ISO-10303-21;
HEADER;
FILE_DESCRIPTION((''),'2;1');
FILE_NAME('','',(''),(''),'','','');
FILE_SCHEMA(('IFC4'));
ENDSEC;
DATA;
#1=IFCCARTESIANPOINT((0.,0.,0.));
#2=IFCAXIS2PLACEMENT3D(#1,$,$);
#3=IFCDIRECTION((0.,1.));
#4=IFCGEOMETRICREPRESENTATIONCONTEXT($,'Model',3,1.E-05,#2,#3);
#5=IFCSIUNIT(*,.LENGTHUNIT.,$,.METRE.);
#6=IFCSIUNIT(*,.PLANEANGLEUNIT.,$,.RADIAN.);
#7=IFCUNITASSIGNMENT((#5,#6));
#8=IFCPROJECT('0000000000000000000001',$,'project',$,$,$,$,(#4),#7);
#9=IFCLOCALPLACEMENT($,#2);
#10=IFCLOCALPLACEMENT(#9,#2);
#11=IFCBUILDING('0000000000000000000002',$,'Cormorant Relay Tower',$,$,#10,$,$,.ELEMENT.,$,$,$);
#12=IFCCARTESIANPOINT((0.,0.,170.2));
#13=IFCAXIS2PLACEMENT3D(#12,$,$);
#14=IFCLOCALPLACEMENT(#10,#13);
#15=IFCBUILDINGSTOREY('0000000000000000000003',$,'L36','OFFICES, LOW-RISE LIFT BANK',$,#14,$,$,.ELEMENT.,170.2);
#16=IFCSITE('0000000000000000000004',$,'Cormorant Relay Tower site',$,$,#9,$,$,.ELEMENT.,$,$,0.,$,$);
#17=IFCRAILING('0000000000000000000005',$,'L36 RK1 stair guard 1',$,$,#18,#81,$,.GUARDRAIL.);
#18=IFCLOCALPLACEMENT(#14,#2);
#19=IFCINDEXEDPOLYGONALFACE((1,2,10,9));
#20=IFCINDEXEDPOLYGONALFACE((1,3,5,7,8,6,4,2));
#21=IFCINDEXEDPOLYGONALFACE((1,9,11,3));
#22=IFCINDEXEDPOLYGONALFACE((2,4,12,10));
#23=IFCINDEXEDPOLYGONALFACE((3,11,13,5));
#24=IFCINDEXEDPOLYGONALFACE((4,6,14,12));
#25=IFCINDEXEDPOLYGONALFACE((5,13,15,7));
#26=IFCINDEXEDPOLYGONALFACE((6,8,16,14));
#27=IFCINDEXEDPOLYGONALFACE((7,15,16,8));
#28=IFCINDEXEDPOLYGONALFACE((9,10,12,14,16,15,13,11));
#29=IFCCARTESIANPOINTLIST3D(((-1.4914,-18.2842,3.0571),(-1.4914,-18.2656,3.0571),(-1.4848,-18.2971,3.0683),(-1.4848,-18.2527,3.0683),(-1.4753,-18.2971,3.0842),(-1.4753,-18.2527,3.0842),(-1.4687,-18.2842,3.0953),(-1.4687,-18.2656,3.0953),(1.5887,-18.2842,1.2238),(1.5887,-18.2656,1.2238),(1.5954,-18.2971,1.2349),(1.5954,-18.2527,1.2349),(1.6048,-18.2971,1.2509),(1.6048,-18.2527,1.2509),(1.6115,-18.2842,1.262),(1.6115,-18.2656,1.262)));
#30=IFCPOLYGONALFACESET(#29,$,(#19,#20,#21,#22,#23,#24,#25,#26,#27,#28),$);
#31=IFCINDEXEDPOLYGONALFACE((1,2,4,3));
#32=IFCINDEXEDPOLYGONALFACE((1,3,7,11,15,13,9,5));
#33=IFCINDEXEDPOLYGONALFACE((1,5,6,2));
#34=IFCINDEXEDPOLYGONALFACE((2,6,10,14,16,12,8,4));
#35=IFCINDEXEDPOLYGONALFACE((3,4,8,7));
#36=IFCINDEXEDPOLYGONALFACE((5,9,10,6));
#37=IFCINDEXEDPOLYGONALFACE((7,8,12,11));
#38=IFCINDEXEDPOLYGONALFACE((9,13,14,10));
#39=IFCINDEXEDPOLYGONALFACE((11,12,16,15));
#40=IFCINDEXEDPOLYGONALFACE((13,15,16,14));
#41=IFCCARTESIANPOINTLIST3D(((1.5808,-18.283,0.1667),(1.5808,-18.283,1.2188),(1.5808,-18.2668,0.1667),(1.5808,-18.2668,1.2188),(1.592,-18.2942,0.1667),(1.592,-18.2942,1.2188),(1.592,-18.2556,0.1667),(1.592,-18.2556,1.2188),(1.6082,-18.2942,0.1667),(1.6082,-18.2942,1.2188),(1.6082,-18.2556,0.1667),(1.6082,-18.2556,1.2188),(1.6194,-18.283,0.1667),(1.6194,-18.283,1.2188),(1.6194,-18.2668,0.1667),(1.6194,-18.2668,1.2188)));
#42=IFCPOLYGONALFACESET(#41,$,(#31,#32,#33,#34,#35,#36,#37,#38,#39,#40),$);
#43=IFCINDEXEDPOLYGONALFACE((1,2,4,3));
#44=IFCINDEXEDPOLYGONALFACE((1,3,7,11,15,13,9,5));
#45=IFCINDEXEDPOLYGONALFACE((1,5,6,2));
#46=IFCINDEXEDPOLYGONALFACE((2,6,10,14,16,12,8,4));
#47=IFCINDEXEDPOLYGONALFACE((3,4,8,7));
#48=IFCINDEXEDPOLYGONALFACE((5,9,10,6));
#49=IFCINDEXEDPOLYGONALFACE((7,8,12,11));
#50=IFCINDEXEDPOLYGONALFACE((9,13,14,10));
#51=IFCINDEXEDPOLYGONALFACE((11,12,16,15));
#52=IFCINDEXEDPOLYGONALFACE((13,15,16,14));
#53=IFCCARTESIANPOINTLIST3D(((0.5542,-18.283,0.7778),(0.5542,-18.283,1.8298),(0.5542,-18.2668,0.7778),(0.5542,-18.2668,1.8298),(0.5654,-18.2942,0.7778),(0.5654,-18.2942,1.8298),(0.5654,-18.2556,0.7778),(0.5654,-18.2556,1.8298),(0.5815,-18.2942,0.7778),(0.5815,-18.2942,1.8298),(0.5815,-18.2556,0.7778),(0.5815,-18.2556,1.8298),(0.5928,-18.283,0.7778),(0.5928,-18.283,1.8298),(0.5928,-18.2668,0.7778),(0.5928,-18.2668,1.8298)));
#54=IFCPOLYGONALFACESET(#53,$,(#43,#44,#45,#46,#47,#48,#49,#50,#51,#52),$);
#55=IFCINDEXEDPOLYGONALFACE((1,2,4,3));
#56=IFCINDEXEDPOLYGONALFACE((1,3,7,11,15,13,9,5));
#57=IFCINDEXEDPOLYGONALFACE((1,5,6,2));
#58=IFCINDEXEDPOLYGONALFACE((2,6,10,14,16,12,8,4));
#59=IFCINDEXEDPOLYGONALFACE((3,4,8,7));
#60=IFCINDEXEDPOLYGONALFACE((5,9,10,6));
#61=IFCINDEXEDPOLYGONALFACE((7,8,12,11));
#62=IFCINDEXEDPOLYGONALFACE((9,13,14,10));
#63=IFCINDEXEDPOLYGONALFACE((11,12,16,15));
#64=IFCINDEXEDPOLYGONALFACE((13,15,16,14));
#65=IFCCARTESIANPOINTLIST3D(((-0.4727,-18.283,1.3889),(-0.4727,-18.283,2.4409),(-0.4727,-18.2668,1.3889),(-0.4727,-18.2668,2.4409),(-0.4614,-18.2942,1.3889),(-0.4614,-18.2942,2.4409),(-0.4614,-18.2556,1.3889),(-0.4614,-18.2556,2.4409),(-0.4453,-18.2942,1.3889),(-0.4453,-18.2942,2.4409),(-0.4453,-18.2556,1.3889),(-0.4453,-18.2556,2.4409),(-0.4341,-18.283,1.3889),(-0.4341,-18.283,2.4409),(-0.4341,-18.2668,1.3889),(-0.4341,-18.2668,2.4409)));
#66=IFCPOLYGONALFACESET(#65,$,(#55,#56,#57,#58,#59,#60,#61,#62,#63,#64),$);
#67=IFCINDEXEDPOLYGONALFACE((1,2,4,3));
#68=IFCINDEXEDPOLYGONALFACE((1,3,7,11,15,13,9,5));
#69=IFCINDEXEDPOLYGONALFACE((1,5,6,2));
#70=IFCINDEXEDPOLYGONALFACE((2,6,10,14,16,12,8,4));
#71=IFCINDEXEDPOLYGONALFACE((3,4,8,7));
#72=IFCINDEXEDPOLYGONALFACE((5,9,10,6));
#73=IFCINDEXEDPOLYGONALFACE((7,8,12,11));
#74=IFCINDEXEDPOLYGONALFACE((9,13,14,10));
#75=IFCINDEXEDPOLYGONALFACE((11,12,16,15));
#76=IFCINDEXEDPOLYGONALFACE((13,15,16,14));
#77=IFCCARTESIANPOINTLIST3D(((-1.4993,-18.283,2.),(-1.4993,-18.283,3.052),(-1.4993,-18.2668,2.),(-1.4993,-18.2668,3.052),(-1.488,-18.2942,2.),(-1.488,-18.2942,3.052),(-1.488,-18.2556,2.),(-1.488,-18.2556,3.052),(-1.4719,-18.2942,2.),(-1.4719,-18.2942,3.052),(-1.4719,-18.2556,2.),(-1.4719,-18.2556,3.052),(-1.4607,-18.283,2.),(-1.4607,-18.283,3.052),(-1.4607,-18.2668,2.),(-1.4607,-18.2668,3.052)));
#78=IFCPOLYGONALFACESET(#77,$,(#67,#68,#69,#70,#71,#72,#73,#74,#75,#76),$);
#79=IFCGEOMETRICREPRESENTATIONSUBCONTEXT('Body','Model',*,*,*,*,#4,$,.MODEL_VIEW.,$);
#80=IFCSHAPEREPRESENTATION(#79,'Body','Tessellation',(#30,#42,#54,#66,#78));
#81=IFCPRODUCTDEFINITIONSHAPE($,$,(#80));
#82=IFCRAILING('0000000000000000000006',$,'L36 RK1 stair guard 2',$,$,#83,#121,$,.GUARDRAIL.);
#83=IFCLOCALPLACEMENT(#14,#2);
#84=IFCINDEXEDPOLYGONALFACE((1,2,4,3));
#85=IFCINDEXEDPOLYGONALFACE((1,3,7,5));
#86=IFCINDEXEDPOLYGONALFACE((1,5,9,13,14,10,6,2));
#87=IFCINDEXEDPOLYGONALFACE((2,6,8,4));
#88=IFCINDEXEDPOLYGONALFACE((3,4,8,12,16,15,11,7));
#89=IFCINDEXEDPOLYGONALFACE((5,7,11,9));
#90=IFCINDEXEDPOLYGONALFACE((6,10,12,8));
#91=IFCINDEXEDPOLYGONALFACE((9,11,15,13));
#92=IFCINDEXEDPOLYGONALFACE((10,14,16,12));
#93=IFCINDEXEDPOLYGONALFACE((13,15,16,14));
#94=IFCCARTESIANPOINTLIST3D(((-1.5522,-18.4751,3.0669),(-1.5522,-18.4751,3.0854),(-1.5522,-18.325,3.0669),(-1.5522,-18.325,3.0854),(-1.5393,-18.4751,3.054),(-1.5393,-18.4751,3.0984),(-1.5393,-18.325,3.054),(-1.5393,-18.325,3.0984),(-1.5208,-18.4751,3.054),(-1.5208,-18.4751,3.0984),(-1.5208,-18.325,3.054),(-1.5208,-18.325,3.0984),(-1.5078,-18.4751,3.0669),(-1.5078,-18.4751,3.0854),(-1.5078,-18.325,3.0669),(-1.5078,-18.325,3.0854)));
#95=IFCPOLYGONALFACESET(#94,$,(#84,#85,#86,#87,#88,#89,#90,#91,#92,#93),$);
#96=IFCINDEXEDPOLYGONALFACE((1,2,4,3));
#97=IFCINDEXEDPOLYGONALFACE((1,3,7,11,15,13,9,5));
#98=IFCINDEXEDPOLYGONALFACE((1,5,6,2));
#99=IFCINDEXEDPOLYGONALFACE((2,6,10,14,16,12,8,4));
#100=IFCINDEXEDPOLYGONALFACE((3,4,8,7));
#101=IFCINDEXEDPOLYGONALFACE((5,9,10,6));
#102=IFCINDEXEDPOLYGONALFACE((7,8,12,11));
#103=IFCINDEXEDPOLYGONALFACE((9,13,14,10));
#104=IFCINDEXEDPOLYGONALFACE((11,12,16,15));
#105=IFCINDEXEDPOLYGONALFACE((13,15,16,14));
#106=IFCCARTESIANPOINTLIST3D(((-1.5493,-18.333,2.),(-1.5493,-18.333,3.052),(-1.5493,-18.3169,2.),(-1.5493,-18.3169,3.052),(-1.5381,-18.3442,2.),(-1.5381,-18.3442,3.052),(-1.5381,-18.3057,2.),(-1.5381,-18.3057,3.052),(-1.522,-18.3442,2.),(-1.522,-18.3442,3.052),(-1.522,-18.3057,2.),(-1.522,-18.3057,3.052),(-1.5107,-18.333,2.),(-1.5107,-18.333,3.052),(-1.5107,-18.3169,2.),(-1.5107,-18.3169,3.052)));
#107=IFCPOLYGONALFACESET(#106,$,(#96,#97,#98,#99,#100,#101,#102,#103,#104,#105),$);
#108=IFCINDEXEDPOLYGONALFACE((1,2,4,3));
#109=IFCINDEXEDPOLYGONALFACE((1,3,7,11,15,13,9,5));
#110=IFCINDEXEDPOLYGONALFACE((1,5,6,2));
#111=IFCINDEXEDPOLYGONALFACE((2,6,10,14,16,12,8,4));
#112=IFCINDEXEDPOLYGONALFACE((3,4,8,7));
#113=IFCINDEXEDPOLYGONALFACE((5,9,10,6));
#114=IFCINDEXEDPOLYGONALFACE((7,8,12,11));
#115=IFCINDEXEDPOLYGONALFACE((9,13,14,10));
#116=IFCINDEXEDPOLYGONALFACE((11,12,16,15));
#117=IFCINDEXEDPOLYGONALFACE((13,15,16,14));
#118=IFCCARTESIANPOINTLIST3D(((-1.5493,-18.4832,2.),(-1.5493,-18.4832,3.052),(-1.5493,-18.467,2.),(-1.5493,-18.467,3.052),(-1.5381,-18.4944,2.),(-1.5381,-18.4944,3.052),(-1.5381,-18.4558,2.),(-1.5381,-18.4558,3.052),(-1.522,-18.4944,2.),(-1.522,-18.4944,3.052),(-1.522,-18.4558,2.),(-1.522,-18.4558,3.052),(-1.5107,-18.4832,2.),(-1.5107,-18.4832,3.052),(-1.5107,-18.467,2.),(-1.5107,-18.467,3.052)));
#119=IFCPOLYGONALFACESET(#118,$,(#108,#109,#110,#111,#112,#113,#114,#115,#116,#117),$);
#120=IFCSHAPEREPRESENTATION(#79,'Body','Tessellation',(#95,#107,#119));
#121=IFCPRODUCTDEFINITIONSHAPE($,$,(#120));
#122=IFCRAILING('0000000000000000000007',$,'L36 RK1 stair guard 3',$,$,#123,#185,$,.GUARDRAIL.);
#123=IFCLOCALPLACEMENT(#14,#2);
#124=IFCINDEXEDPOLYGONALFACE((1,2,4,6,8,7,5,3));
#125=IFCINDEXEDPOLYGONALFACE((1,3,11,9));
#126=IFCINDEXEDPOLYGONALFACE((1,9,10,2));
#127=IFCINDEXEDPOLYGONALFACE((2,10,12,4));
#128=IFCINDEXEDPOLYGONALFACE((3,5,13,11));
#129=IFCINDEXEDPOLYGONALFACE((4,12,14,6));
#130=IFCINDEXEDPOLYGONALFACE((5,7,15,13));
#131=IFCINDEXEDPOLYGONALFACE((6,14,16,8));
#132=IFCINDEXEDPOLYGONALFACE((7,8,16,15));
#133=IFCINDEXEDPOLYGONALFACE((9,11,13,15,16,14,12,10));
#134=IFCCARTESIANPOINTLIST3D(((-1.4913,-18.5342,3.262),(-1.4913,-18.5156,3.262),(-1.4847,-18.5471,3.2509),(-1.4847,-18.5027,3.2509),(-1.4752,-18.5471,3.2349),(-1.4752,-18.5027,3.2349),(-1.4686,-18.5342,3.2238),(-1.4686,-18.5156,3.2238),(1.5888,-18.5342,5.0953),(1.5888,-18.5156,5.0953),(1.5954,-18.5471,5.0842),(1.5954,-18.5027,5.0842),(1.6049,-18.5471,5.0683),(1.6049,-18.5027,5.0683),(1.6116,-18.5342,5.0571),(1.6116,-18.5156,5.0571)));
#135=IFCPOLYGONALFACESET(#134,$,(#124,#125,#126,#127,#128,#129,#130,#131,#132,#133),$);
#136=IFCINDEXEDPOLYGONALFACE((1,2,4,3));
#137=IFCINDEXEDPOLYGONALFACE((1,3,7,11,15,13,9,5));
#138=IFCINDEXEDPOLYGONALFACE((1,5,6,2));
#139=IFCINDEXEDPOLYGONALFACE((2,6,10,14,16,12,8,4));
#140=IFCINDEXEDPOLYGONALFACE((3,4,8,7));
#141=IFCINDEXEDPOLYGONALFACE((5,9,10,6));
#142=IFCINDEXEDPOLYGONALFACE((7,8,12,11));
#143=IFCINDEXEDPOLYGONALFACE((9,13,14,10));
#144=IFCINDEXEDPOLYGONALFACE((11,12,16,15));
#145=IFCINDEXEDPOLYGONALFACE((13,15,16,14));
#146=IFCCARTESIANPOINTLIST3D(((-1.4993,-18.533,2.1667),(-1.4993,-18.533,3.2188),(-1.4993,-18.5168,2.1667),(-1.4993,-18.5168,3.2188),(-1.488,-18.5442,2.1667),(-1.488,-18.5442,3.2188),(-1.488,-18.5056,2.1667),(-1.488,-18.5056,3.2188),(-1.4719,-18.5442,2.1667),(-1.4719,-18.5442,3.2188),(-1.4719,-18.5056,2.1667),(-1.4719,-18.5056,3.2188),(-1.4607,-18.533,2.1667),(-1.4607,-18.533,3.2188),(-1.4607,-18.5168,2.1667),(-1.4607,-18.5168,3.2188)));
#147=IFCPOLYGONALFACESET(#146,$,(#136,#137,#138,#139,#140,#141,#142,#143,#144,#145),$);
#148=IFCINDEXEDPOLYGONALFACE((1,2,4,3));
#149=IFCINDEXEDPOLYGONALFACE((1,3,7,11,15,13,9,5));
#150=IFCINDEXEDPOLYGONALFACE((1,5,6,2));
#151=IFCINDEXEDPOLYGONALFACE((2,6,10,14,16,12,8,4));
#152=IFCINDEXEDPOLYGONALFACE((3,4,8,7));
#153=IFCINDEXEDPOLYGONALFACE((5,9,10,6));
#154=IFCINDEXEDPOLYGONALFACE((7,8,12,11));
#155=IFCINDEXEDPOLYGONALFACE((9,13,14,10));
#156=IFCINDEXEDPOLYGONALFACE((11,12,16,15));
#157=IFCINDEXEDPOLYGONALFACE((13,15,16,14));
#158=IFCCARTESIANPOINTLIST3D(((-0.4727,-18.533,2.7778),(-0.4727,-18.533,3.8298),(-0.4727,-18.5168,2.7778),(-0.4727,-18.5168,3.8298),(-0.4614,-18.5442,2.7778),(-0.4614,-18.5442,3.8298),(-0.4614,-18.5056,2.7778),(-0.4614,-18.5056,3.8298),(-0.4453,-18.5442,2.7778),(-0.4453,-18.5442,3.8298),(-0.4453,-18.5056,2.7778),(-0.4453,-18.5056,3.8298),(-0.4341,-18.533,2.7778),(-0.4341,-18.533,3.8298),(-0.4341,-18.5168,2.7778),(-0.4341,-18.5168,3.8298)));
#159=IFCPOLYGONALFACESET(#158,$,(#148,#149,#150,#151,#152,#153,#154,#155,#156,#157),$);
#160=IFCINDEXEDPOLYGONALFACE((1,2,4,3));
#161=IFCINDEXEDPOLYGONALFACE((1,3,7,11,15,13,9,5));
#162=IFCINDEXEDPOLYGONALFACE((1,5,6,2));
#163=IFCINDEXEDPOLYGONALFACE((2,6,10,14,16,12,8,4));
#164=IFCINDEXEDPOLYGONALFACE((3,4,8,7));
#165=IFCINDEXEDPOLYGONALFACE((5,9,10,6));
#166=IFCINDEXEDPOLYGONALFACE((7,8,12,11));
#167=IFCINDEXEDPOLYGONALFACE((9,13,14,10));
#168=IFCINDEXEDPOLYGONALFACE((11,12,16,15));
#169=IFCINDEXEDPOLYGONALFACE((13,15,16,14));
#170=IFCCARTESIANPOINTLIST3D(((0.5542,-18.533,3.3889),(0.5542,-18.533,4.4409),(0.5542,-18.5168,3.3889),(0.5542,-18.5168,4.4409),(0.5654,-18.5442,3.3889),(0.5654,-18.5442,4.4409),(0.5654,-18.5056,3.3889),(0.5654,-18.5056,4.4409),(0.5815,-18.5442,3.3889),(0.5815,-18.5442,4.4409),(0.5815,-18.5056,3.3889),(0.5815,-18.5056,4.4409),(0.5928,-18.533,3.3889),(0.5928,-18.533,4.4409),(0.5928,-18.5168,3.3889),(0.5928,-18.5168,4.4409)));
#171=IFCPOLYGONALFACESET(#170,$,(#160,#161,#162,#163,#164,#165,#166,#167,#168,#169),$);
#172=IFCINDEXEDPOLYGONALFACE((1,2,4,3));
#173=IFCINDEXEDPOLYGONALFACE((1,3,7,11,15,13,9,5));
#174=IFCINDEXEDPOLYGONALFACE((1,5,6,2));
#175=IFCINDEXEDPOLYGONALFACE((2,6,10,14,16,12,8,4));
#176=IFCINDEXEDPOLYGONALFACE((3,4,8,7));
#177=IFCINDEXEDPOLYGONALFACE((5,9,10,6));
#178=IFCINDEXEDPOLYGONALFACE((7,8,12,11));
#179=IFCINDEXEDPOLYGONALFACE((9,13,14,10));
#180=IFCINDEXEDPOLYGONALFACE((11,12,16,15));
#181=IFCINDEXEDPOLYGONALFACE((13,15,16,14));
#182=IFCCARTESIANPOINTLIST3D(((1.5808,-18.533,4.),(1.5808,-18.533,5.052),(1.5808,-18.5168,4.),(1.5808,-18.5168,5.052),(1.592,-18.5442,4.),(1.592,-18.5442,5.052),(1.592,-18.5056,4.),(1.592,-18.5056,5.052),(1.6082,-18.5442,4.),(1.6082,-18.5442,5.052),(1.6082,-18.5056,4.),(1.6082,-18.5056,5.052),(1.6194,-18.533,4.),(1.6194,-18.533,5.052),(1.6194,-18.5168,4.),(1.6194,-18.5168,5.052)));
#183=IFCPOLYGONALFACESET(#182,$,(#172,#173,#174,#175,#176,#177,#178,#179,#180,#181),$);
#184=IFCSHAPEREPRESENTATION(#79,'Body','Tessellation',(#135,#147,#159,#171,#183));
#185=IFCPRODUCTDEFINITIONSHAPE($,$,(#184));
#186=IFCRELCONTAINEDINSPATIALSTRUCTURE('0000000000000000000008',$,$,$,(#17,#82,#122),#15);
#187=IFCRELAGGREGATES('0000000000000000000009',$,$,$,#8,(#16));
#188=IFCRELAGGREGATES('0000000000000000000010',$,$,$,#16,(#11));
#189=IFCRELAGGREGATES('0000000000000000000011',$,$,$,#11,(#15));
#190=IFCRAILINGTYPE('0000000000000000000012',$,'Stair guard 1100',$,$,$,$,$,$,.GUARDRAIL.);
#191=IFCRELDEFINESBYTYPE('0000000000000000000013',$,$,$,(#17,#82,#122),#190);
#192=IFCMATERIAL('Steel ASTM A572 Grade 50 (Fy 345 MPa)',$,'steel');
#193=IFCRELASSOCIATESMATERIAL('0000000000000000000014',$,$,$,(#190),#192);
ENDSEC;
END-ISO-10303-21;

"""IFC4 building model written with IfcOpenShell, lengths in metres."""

from ifc_helpers import new_model, si_unit, direction, frame, origin, place, context, subcontext, project, spatial, polyline, outline, extrude, material, type_object, element, save


model = new_model("IFC4")

# Units and contexts
model_context = context("Model", 3, precision=1e-05, world=origin(), true_north=direction((0.0, 1.0)))
body_context = subcontext(model_context, "Body", "Model", "MODEL_VIEW")
ifc_project = project(units=[si_unit("LENGTHUNIT", "METRE"), si_unit("PLANEANGLEUNIT", "RADIAN")], contexts=[model_context])

# Site, building, storey
site_placement = place(None, origin())
site = spatial("IfcSite", under=ifc_project, at=site_placement, Name="Cormorant Relay Tower site", CompositionType="ELEMENT", RefElevation=0.0)
building_placement = place(site_placement, origin())
building = spatial("IfcBuilding", under=site, at=building_placement, Name="Cormorant Relay Tower", CompositionType="ELEMENT")
storey_placement = place(building_placement, frame((0.0, 0.0, 170.2)))
storey = spatial("IfcBuildingStorey", under=building, at=storey_placement, Name="L36", Description="OFFICES, LOW-RISE LIFT BANK", CompositionType="ELEMENT", Elevation=170.2)

# Railings
ifc_material_1 = material(Name="Steel ASTM A572 Grade 50 (Fy 345 MPa)", Category="steel")
railing_type_1 = type_object("IfcRailingType", Name="Stair guard 1100", PredefinedType="GUARDRAIL", material=ifc_material_1)
railing_1_placement = place(storey_placement, frame((1.6001, -18.2749, 0.1667)))
element("IfcRailing", 1, at=railing_1_placement, inside=storey, type_object=railing_type_1, Name="L36 RK1 stair guard 1", PredefinedType="GUARDRAIL", context=body_context, shape_type="SweptSolid", body=[
    extrude(outline(polyline([(0.0222, 0.0093), (0.0093, 0.0222), (-0.0093, 0.0222), (-0.0222, 0.0093), (-0.0222, -0.0093), (-0.0093, -0.0222), (0.0093, -0.0222), (0.0222, -0.0093), (0.0222, 0.0093)])), frame((0.0, 0.0, 1.0762), z_axis=(-0.859309, 0.0, 0.511458), x_axis=(0.0, -1.0, 0.0)), (0.0, 0.0, 1.0), 3.5845),
    extrude(outline(polyline([(0.0193, 0.0081), (0.0081, 0.0193), (-0.0081, 0.0193), (-0.0193, 0.0081), (-0.0193, -0.0081), (-0.0081, -0.0193), (0.0081, -0.0193), (0.0193, -0.0081), (0.0193, 0.0081)])), origin(), (0.0, 0.0, 1.0), 1.052),
    extrude(outline(polyline([(0.0193, 0.0081), (0.0081, 0.0193), (-0.0081, 0.0193), (-0.0193, 0.0081), (-0.0193, -0.0081), (-0.0081, -0.0193), (0.0081, -0.0193), (0.0193, -0.0081), (0.0193, 0.0081)])), frame((-1.0266, 0.0, 0.6111)), (0.0, 0.0, 1.0), 1.052),
    extrude(outline(polyline([(0.0193, 0.0081), (0.0081, 0.0193), (-0.0081, 0.0193), (-0.0193, 0.0081), (-0.0193, -0.0081), (-0.0081, -0.0193), (0.0081, -0.0193), (0.0193, -0.0081), (0.0193, 0.0081)])), frame((-2.0535, 0.0, 1.2222)), (0.0, 0.0, 1.0), 1.052),
    extrude(outline(polyline([(0.0193, 0.0081), (0.0081, 0.0193), (-0.0081, 0.0193), (-0.0193, 0.0081), (-0.0193, -0.0081), (-0.0081, -0.0193), (0.0081, -0.0193), (0.0193, -0.0081), (0.0193, 0.0081)])), frame((-3.0801, 0.0, 1.8333)), (0.0, 0.0, 1.0), 1.052),
])
railing_2_placement = place(storey_placement, frame((-1.53, -18.325, 2.0)))
element("IfcRailing", 2, at=railing_2_placement, inside=storey, type_object=railing_type_1, Name="L36 RK1 stair guard 2", PredefinedType="GUARDRAIL", context=body_context, shape_type="SweptSolid", body=[
    extrude(outline(polyline([(0.0222, 0.0093), (0.0093, 0.0222), (-0.0093, 0.0222), (-0.0222, 0.0093), (-0.0222, -0.0093), (-0.0093, -0.0222), (0.0093, -0.0222), (0.0222, -0.0093), (0.0222, 0.0093)])), frame((0.0, 0.0, 1.0762), z_axis=(0.0, -1.0, 0.0), x_axis=(1.0, 0.0, 0.0)), (0.0, 0.0, 1.0), 0.1501),
    extrude(outline(polyline([(0.0193, 0.0081), (0.0081, 0.0193), (-0.0081, 0.0193), (-0.0193, 0.0081), (-0.0193, -0.0081), (-0.0081, -0.0193), (0.0081, -0.0193), (0.0193, -0.0081), (0.0193, 0.0081)])), origin(), (0.0, 0.0, 1.0), 1.052),
    extrude(outline(polyline([(0.0193, 0.0081), (0.0081, 0.0193), (-0.0081, 0.0193), (-0.0193, 0.0081), (-0.0193, -0.0081), (-0.0081, -0.0193), (0.0081, -0.0193), (0.0193, -0.0081), (0.0193, 0.0081)])), frame((0.0, -0.1501, 0.0)), (0.0, 0.0, 1.0), 1.052),
])
railing_3_placement = place(storey_placement, frame((-1.48, -18.5249, 2.1667)))
element("IfcRailing", 3, at=railing_3_placement, inside=storey, type_object=railing_type_1, Name="L36 RK1 stair guard 3", PredefinedType="GUARDRAIL", context=body_context, shape_type="SweptSolid", body=[
    extrude(outline(polyline([(0.0222, 0.0093), (0.0093, 0.0222), (-0.0093, 0.0222), (-0.0222, 0.0093), (-0.0222, -0.0093), (-0.0093, -0.0222), (0.0093, -0.0222), (0.0222, -0.0093), (0.0222, 0.0093)])), frame((0.0, 0.0, 1.0762), z_axis=(0.859309, 0.0, 0.511458), x_axis=(0.0, 1.0, 0.0)), (0.0, 0.0, 1.0), 3.5845),
    extrude(outline(polyline([(0.0193, 0.0081), (0.0081, 0.0193), (-0.0081, 0.0193), (-0.0193, 0.0081), (-0.0193, -0.0081), (-0.0081, -0.0193), (0.0081, -0.0193), (0.0193, -0.0081), (0.0193, 0.0081)])), origin(), (0.0, 0.0, 1.0), 1.052),
    extrude(outline(polyline([(0.0193, 0.0081), (0.0081, 0.0193), (-0.0081, 0.0193), (-0.0193, 0.0081), (-0.0193, -0.0081), (-0.0081, -0.0193), (0.0081, -0.0193), (0.0193, -0.0081), (0.0193, 0.0081)])), frame((1.0266, 0.0, 0.6111)), (0.0, 0.0, 1.0), 1.052),
    extrude(outline(polyline([(0.0193, 0.0081), (0.0081, 0.0193), (-0.0081, 0.0193), (-0.0193, 0.0081), (-0.0193, -0.0081), (-0.0081, -0.0193), (0.0081, -0.0193), (0.0193, -0.0081), (0.0193, 0.0081)])), frame((2.0535, 0.0, 1.2222)), (0.0, 0.0, 1.0), 1.052),
    extrude(outline(polyline([(0.0193, 0.0081), (0.0081, 0.0193), (-0.0081, 0.0193), (-0.0193, 0.0081), (-0.0193, -0.0081), (-0.0081, -0.0193), (0.0081, -0.0193), (0.0193, -0.0081), (0.0193, 0.0081)])), frame((3.0801, 0.0, 1.8333)), (0.0, 0.0, 1.0), 1.052),
])

save(model, "model.ifc")
